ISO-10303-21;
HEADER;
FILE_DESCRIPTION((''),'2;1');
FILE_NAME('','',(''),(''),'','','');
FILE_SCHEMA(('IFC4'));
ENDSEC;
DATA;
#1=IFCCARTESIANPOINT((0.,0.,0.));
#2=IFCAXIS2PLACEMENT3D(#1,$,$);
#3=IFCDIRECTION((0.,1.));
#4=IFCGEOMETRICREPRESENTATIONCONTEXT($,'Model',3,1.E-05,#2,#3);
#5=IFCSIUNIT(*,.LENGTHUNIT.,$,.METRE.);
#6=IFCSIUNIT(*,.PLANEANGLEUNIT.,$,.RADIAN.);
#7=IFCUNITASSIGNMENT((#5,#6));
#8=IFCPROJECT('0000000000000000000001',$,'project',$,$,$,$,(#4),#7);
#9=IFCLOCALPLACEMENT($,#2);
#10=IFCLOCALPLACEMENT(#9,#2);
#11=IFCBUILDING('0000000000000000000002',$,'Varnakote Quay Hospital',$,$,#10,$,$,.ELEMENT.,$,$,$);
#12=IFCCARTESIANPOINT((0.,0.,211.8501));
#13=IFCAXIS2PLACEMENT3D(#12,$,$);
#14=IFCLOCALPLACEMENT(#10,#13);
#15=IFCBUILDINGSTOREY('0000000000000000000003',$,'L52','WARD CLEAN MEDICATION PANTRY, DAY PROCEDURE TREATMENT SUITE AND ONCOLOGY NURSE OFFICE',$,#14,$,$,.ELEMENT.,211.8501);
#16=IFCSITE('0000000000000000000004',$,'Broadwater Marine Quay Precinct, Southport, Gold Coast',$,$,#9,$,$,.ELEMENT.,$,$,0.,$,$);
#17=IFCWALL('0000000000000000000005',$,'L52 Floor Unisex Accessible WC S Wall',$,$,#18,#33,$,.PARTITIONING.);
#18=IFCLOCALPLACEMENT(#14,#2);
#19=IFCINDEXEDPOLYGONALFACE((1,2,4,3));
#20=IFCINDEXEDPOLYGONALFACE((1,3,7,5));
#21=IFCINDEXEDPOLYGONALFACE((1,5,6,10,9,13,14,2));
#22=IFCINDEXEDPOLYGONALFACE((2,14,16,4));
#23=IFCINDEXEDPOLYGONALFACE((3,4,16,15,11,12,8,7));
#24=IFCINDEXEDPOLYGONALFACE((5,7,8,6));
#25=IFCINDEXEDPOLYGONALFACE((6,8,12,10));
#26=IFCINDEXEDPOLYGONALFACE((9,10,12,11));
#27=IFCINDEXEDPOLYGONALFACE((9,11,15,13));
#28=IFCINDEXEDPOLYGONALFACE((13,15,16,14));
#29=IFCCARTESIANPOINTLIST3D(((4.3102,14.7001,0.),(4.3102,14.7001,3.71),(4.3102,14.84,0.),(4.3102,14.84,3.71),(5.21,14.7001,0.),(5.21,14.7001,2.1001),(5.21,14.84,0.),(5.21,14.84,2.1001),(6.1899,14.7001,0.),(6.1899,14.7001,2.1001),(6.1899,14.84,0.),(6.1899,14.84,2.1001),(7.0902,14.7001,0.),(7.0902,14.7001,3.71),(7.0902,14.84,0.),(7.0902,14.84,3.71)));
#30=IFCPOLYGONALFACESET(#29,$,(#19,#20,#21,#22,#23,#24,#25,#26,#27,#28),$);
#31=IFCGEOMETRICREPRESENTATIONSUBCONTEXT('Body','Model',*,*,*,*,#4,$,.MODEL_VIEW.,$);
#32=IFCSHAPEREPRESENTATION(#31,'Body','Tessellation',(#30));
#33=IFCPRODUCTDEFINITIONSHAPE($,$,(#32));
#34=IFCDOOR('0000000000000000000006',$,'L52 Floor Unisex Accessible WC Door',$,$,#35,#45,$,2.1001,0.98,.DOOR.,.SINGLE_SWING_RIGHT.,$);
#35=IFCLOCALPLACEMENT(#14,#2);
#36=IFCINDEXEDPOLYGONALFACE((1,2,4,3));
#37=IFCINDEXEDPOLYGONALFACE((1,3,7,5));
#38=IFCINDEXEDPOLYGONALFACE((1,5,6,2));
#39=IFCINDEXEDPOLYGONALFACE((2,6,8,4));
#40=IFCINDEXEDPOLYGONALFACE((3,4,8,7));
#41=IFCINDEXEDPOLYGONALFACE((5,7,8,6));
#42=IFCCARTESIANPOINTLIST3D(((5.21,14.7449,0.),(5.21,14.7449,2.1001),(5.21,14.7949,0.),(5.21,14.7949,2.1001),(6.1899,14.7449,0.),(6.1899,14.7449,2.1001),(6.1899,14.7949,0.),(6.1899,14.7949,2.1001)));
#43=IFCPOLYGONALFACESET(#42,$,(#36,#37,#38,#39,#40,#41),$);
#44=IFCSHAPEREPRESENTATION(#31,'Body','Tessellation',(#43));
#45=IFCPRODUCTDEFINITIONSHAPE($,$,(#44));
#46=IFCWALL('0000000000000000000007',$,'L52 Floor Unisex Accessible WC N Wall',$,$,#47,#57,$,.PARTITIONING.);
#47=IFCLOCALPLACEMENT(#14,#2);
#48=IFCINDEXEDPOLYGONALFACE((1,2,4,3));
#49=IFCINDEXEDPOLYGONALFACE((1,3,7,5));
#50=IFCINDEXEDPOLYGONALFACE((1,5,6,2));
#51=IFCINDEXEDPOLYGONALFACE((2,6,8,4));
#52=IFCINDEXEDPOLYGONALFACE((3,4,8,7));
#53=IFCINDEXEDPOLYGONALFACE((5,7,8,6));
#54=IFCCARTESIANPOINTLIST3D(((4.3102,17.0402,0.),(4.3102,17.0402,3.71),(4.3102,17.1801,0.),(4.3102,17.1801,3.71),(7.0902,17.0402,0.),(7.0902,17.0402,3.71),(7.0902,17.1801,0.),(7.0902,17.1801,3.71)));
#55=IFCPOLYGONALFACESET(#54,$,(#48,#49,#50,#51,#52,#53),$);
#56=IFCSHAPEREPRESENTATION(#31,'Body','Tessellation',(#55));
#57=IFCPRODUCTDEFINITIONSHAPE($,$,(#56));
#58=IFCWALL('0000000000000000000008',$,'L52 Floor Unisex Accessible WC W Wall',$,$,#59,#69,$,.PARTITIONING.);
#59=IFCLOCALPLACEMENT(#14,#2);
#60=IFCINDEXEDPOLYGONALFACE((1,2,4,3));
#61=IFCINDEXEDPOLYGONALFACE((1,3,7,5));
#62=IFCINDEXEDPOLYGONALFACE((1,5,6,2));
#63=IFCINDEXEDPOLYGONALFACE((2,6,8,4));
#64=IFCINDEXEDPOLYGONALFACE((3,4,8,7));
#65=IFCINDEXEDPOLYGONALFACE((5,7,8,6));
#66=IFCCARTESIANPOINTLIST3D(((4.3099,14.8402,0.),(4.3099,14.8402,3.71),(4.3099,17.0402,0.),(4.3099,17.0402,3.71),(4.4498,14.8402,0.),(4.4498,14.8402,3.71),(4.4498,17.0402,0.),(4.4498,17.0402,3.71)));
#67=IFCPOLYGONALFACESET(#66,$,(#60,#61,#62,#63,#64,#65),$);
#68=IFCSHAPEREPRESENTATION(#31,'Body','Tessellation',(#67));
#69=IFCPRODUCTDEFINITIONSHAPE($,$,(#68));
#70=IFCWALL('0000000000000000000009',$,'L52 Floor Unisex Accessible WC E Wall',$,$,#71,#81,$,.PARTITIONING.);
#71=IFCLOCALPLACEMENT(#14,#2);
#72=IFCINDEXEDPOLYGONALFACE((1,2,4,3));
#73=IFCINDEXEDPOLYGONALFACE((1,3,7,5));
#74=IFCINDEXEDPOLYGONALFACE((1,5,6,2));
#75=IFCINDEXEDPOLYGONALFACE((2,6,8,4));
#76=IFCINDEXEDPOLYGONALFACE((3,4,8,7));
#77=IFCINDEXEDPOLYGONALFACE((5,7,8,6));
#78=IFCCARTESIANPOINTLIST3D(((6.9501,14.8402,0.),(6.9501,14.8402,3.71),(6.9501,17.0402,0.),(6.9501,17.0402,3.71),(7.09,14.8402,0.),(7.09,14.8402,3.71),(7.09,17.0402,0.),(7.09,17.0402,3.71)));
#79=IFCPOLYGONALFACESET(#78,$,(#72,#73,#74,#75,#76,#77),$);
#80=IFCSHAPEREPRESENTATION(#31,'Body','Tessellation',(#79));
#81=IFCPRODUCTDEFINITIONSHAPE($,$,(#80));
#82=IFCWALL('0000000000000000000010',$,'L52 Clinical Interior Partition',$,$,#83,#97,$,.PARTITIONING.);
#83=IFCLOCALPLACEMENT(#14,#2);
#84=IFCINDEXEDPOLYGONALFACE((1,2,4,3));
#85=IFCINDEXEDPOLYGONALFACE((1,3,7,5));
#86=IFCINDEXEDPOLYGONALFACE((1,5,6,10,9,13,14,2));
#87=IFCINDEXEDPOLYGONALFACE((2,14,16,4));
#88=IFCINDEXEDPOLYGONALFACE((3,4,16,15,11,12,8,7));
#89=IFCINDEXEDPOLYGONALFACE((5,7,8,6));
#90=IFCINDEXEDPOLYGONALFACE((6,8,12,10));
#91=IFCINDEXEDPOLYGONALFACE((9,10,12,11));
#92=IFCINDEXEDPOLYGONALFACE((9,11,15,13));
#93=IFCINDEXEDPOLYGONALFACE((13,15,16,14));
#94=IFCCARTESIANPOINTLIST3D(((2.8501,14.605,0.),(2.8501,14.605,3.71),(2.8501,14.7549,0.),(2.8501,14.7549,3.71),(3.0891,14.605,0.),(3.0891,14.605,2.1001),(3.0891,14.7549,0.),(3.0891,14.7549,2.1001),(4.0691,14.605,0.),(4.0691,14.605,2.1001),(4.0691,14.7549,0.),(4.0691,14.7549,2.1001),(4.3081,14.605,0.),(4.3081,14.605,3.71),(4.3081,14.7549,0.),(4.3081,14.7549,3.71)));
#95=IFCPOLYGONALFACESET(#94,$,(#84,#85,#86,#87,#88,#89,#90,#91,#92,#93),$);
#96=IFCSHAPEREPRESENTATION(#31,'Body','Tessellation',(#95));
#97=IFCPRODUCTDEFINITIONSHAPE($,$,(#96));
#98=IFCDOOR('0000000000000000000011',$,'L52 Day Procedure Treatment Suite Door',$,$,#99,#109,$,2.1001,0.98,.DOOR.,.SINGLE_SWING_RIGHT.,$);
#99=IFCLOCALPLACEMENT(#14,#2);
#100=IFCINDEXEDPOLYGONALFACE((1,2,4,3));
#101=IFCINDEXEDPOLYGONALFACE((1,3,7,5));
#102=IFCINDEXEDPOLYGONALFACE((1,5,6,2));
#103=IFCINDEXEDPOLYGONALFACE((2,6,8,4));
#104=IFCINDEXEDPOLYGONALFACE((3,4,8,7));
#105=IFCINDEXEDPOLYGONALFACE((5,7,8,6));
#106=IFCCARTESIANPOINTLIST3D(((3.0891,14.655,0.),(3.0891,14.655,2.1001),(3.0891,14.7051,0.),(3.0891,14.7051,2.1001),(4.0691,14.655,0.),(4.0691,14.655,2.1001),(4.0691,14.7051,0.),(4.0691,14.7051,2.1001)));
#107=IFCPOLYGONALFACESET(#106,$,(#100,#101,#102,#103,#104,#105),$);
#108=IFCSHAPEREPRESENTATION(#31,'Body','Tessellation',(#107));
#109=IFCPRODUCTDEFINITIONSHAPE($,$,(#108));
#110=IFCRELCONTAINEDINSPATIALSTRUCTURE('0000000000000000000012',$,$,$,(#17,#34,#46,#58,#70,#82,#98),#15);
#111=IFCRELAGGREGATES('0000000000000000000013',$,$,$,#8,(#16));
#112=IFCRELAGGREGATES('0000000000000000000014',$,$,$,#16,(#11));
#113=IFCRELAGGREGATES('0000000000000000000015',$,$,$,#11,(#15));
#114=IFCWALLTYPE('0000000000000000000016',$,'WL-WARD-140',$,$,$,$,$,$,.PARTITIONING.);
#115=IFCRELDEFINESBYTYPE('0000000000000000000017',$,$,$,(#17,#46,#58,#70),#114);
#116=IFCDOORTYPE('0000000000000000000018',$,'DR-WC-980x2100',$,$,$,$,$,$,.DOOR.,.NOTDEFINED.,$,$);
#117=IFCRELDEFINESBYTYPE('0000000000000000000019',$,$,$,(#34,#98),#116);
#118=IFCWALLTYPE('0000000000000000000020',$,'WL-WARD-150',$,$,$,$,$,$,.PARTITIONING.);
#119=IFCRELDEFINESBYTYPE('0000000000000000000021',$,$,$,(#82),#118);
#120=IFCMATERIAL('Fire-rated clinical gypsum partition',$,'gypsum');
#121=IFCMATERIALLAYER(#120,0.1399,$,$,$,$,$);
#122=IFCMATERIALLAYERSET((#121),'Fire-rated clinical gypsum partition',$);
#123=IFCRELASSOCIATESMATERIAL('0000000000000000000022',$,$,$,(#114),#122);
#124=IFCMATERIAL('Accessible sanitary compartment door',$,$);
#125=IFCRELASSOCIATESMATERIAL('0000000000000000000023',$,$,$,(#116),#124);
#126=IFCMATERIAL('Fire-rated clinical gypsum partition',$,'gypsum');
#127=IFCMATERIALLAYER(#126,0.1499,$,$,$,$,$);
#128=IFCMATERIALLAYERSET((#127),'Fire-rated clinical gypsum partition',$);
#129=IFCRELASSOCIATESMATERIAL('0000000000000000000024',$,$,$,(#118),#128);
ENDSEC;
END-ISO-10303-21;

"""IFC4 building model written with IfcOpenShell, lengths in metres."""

from ifc_helpers import new_model, si_unit, direction, frame, frame_2d, origin, place, context, subcontext, project, spatial, rectangle, extrude, material, layer, layer_set, type_object, element, fill, save


model = new_model("IFC4")

# Units and contexts
model_context = context("Model", 3, precision=1e-05, world=origin(), true_north=direction((0.0, 1.0)))
body_context = subcontext(model_context, "Body", "Model", "MODEL_VIEW")
ifc_project = project(units=[si_unit("LENGTHUNIT", "METRE"), si_unit("PLANEANGLEUNIT", "RADIAN")], contexts=[model_context])

# Site, building, storey
site_placement = place(None, origin())
site = spatial("IfcSite", under=ifc_project, at=site_placement, Name="Broadwater Marine Quay Precinct, Southport, Gold Coast", CompositionType="ELEMENT", RefElevation=0.0)
building_placement = place(site_placement, origin())
building = spatial("IfcBuilding", under=site, at=building_placement, Name="Varnakote Quay Hospital", CompositionType="ELEMENT")
storey_placement = place(building_placement, frame((0.0, 0.0, 211.8501)))
storey = spatial("IfcBuildingStorey", under=building, at=storey_placement, Name="L52", Description="WARD CLEAN MEDICATION PANTRY, DAY PROCEDURE TREATMENT SUITE AND ONCOLOGY NURSE OFFICE", CompositionType="ELEMENT", Elevation=211.8501)

# Wall, opening, door
ifc_material_1 = material(Name="Fire-rated clinical gypsum partition", Category="gypsum")
ifc_layer_1 = layer(ifc_material_1, 0.1399)
ifc_layer_set_1 = layer_set([ifc_layer_1], Name="Fire-rated clinical gypsum partition")
wall_type_1 = type_object("IfcWallType", Name="WL-WARD-140", PredefinedType="PARTITIONING", material=ifc_layer_set_1)
wall_1_placement = place(storey_placement, frame((4.3101, 14.77, 0.0), z_axis=(0.0, 0.0, 1.0), x_axis=(1.0, 0.0, 0.0)))
wall_1 = element("IfcWall", 1, at=wall_1_placement, inside=storey, type_object=wall_type_1, Name="L52 Floor Unisex Accessible WC S Wall", PredefinedType="PARTITIONING", context=body_context, shape_type="SweptSolid", body=[
    extrude(rectangle(XDim=2.78, YDim=0.1399, at=frame_2d((1.3901, 0.0))), origin(), (0.0, 0.0, 1.0), 3.71),
])
opening_1_placement = place(wall_1_placement, frame((0.8999, 0.0, 0.0)))
opening_1 = element("IfcOpeningElement", 2, at=opening_1_placement, cuts=wall_1, PredefinedType="OPENING", context=body_context, shape_type="SweptSolid", body=[
    extrude(rectangle(XDim=0.98, YDim=2.1001, at=frame_2d((0.49, 1.05))), frame((0.0, 0.0798, 0.0), z_axis=(0.0, -1.0, 0.0), x_axis=(1.0, 0.0, 0.0)), (0.0, 0.0, 1.0), 0.1599),
])
ifc_material_2 = material(Name="Accessible sanitary compartment door")
door_type_1 = type_object("IfcDoorType", Name="DR-WC-980x2100", OperationType="NOTDEFINED", PredefinedType="DOOR", material=ifc_material_2)
door_1_placement = place(opening_1_placement, origin())
door_1 = element("IfcDoor", 3, at=door_1_placement, inside=storey, type_object=door_type_1, Name="L52 Floor Unisex Accessible WC Door", OperationType="SINGLE_SWING_RIGHT", OverallHeight=2.1001, OverallWidth=0.98, PredefinedType="DOOR", context=body_context, shape_type="SweptSolid", body=[
    extrude(rectangle(XDim=0.98, YDim=2.1001, at=frame_2d((0.49, 1.05))), frame((0.0, 0.0249, 0.0), z_axis=(0.0, -1.0, 0.0), x_axis=(1.0, 0.0, 0.0)), (0.0, 0.0, 1.0), 0.05),
])
fill(opening_1, door_1)

# Walls
wall_2_placement = place(storey_placement, frame((4.3101, 17.1101, 0.0), z_axis=(0.0, 0.0, 1.0), x_axis=(1.0, 0.0, 0.0)))
element("IfcWall", 4, at=wall_2_placement, inside=storey, type_object=wall_type_1, Name="L52 Floor Unisex Accessible WC N Wall", PredefinedType="PARTITIONING", context=body_context, shape_type="SweptSolid", body=[
    extrude(rectangle(XDim=2.78, YDim=0.1399, at=frame_2d((1.3901, 0.0))), origin(), (0.0, 0.0, 1.0), 3.71),
])
for number, where, z_axis, x_axis, name in (
    (5, (4.3799, 14.8401, 0.0), (0.0, 0.0, 1.0), (0.0, 1.0, 0.0), "L52 Floor Unisex Accessible WC W Wall"),
    (6, (7.02, 14.8401, 0.0), (0.0, 0.0, 1.0), (0.0, 1.0, 0.0), "L52 Floor Unisex Accessible WC E Wall"),
):
    element("IfcWall", number, at=place(storey_placement, frame(where, z_axis=z_axis, x_axis=x_axis)), inside=storey, type_object=wall_type_1, Name=name, PredefinedType="PARTITIONING", context=body_context, shape_type="SweptSolid", body=[
        extrude(rectangle(XDim=2.2, YDim=0.1399, at=frame_2d((1.1001, 0.0))), origin(), (0.0, 0.0, 1.0), 3.71),
    ])

# Wall, opening, door
ifc_material_3 = material(Name="Fire-rated clinical gypsum partition", Category="gypsum")
ifc_layer_2 = layer(ifc_material_3, 0.1499)
ifc_layer_set_2 = layer_set([ifc_layer_2], Name="Fire-rated clinical gypsum partition")
wall_type_2 = type_object("IfcWallType", Name="WL-WARD-150", PredefinedType="PARTITIONING", material=ifc_layer_set_2)
wall_3_placement = place(storey_placement, frame((4.3081, 14.6799, 0.0), z_axis=(0.0, 0.0, 1.0), x_axis=(-1.0, 0.0, 0.0)))
wall_3 = element("IfcWall", 7, at=wall_3_placement, inside=storey, type_object=wall_type_2, Name="L52 Clinical Interior Partition", PredefinedType="PARTITIONING", context=body_context, shape_type="SweptSolid", body=[
    extrude(rectangle(XDim=1.458, YDim=0.1499, at=frame_2d((0.729, 0.0))), origin(), (0.0, 0.0, 1.0), 3.71),
])
opening_2_placement = place(wall_3_placement, frame((0.239, 0.0, 0.0)))
opening_2 = element("IfcOpeningElement", 8, at=opening_2_placement, cuts=wall_3, PredefinedType="OPENING", context=body_context, shape_type="SweptSolid", body=[
    extrude(rectangle(XDim=0.98, YDim=2.1001, at=frame_2d((0.49, 1.05))), frame((0.0, 0.085, 0.0), z_axis=(0.0, -1.0, 0.0), x_axis=(1.0, 0.0, 0.0)), (0.0, 0.0, 1.0), 0.1699),
])
door_2_placement = place(opening_2_placement, origin())
door_2 = element("IfcDoor", 9, at=door_2_placement, inside=storey, type_object=door_type_1, Name="L52 Day Procedure Treatment Suite Door", OperationType="SINGLE_SWING_RIGHT", OverallHeight=2.1001, OverallWidth=0.98, PredefinedType="DOOR", context=body_context, shape_type="SweptSolid", body=[
    extrude(rectangle(XDim=0.98, YDim=2.1001, at=frame_2d((0.49, 1.05))), frame((0.0, 0.0249, 0.0), z_axis=(0.0, -1.0, 0.0), x_axis=(1.0, 0.0, 0.0)), (0.0, 0.0, 1.0), 0.05),
])
fill(opening_2, door_2)

save(model, "model.ifc")
